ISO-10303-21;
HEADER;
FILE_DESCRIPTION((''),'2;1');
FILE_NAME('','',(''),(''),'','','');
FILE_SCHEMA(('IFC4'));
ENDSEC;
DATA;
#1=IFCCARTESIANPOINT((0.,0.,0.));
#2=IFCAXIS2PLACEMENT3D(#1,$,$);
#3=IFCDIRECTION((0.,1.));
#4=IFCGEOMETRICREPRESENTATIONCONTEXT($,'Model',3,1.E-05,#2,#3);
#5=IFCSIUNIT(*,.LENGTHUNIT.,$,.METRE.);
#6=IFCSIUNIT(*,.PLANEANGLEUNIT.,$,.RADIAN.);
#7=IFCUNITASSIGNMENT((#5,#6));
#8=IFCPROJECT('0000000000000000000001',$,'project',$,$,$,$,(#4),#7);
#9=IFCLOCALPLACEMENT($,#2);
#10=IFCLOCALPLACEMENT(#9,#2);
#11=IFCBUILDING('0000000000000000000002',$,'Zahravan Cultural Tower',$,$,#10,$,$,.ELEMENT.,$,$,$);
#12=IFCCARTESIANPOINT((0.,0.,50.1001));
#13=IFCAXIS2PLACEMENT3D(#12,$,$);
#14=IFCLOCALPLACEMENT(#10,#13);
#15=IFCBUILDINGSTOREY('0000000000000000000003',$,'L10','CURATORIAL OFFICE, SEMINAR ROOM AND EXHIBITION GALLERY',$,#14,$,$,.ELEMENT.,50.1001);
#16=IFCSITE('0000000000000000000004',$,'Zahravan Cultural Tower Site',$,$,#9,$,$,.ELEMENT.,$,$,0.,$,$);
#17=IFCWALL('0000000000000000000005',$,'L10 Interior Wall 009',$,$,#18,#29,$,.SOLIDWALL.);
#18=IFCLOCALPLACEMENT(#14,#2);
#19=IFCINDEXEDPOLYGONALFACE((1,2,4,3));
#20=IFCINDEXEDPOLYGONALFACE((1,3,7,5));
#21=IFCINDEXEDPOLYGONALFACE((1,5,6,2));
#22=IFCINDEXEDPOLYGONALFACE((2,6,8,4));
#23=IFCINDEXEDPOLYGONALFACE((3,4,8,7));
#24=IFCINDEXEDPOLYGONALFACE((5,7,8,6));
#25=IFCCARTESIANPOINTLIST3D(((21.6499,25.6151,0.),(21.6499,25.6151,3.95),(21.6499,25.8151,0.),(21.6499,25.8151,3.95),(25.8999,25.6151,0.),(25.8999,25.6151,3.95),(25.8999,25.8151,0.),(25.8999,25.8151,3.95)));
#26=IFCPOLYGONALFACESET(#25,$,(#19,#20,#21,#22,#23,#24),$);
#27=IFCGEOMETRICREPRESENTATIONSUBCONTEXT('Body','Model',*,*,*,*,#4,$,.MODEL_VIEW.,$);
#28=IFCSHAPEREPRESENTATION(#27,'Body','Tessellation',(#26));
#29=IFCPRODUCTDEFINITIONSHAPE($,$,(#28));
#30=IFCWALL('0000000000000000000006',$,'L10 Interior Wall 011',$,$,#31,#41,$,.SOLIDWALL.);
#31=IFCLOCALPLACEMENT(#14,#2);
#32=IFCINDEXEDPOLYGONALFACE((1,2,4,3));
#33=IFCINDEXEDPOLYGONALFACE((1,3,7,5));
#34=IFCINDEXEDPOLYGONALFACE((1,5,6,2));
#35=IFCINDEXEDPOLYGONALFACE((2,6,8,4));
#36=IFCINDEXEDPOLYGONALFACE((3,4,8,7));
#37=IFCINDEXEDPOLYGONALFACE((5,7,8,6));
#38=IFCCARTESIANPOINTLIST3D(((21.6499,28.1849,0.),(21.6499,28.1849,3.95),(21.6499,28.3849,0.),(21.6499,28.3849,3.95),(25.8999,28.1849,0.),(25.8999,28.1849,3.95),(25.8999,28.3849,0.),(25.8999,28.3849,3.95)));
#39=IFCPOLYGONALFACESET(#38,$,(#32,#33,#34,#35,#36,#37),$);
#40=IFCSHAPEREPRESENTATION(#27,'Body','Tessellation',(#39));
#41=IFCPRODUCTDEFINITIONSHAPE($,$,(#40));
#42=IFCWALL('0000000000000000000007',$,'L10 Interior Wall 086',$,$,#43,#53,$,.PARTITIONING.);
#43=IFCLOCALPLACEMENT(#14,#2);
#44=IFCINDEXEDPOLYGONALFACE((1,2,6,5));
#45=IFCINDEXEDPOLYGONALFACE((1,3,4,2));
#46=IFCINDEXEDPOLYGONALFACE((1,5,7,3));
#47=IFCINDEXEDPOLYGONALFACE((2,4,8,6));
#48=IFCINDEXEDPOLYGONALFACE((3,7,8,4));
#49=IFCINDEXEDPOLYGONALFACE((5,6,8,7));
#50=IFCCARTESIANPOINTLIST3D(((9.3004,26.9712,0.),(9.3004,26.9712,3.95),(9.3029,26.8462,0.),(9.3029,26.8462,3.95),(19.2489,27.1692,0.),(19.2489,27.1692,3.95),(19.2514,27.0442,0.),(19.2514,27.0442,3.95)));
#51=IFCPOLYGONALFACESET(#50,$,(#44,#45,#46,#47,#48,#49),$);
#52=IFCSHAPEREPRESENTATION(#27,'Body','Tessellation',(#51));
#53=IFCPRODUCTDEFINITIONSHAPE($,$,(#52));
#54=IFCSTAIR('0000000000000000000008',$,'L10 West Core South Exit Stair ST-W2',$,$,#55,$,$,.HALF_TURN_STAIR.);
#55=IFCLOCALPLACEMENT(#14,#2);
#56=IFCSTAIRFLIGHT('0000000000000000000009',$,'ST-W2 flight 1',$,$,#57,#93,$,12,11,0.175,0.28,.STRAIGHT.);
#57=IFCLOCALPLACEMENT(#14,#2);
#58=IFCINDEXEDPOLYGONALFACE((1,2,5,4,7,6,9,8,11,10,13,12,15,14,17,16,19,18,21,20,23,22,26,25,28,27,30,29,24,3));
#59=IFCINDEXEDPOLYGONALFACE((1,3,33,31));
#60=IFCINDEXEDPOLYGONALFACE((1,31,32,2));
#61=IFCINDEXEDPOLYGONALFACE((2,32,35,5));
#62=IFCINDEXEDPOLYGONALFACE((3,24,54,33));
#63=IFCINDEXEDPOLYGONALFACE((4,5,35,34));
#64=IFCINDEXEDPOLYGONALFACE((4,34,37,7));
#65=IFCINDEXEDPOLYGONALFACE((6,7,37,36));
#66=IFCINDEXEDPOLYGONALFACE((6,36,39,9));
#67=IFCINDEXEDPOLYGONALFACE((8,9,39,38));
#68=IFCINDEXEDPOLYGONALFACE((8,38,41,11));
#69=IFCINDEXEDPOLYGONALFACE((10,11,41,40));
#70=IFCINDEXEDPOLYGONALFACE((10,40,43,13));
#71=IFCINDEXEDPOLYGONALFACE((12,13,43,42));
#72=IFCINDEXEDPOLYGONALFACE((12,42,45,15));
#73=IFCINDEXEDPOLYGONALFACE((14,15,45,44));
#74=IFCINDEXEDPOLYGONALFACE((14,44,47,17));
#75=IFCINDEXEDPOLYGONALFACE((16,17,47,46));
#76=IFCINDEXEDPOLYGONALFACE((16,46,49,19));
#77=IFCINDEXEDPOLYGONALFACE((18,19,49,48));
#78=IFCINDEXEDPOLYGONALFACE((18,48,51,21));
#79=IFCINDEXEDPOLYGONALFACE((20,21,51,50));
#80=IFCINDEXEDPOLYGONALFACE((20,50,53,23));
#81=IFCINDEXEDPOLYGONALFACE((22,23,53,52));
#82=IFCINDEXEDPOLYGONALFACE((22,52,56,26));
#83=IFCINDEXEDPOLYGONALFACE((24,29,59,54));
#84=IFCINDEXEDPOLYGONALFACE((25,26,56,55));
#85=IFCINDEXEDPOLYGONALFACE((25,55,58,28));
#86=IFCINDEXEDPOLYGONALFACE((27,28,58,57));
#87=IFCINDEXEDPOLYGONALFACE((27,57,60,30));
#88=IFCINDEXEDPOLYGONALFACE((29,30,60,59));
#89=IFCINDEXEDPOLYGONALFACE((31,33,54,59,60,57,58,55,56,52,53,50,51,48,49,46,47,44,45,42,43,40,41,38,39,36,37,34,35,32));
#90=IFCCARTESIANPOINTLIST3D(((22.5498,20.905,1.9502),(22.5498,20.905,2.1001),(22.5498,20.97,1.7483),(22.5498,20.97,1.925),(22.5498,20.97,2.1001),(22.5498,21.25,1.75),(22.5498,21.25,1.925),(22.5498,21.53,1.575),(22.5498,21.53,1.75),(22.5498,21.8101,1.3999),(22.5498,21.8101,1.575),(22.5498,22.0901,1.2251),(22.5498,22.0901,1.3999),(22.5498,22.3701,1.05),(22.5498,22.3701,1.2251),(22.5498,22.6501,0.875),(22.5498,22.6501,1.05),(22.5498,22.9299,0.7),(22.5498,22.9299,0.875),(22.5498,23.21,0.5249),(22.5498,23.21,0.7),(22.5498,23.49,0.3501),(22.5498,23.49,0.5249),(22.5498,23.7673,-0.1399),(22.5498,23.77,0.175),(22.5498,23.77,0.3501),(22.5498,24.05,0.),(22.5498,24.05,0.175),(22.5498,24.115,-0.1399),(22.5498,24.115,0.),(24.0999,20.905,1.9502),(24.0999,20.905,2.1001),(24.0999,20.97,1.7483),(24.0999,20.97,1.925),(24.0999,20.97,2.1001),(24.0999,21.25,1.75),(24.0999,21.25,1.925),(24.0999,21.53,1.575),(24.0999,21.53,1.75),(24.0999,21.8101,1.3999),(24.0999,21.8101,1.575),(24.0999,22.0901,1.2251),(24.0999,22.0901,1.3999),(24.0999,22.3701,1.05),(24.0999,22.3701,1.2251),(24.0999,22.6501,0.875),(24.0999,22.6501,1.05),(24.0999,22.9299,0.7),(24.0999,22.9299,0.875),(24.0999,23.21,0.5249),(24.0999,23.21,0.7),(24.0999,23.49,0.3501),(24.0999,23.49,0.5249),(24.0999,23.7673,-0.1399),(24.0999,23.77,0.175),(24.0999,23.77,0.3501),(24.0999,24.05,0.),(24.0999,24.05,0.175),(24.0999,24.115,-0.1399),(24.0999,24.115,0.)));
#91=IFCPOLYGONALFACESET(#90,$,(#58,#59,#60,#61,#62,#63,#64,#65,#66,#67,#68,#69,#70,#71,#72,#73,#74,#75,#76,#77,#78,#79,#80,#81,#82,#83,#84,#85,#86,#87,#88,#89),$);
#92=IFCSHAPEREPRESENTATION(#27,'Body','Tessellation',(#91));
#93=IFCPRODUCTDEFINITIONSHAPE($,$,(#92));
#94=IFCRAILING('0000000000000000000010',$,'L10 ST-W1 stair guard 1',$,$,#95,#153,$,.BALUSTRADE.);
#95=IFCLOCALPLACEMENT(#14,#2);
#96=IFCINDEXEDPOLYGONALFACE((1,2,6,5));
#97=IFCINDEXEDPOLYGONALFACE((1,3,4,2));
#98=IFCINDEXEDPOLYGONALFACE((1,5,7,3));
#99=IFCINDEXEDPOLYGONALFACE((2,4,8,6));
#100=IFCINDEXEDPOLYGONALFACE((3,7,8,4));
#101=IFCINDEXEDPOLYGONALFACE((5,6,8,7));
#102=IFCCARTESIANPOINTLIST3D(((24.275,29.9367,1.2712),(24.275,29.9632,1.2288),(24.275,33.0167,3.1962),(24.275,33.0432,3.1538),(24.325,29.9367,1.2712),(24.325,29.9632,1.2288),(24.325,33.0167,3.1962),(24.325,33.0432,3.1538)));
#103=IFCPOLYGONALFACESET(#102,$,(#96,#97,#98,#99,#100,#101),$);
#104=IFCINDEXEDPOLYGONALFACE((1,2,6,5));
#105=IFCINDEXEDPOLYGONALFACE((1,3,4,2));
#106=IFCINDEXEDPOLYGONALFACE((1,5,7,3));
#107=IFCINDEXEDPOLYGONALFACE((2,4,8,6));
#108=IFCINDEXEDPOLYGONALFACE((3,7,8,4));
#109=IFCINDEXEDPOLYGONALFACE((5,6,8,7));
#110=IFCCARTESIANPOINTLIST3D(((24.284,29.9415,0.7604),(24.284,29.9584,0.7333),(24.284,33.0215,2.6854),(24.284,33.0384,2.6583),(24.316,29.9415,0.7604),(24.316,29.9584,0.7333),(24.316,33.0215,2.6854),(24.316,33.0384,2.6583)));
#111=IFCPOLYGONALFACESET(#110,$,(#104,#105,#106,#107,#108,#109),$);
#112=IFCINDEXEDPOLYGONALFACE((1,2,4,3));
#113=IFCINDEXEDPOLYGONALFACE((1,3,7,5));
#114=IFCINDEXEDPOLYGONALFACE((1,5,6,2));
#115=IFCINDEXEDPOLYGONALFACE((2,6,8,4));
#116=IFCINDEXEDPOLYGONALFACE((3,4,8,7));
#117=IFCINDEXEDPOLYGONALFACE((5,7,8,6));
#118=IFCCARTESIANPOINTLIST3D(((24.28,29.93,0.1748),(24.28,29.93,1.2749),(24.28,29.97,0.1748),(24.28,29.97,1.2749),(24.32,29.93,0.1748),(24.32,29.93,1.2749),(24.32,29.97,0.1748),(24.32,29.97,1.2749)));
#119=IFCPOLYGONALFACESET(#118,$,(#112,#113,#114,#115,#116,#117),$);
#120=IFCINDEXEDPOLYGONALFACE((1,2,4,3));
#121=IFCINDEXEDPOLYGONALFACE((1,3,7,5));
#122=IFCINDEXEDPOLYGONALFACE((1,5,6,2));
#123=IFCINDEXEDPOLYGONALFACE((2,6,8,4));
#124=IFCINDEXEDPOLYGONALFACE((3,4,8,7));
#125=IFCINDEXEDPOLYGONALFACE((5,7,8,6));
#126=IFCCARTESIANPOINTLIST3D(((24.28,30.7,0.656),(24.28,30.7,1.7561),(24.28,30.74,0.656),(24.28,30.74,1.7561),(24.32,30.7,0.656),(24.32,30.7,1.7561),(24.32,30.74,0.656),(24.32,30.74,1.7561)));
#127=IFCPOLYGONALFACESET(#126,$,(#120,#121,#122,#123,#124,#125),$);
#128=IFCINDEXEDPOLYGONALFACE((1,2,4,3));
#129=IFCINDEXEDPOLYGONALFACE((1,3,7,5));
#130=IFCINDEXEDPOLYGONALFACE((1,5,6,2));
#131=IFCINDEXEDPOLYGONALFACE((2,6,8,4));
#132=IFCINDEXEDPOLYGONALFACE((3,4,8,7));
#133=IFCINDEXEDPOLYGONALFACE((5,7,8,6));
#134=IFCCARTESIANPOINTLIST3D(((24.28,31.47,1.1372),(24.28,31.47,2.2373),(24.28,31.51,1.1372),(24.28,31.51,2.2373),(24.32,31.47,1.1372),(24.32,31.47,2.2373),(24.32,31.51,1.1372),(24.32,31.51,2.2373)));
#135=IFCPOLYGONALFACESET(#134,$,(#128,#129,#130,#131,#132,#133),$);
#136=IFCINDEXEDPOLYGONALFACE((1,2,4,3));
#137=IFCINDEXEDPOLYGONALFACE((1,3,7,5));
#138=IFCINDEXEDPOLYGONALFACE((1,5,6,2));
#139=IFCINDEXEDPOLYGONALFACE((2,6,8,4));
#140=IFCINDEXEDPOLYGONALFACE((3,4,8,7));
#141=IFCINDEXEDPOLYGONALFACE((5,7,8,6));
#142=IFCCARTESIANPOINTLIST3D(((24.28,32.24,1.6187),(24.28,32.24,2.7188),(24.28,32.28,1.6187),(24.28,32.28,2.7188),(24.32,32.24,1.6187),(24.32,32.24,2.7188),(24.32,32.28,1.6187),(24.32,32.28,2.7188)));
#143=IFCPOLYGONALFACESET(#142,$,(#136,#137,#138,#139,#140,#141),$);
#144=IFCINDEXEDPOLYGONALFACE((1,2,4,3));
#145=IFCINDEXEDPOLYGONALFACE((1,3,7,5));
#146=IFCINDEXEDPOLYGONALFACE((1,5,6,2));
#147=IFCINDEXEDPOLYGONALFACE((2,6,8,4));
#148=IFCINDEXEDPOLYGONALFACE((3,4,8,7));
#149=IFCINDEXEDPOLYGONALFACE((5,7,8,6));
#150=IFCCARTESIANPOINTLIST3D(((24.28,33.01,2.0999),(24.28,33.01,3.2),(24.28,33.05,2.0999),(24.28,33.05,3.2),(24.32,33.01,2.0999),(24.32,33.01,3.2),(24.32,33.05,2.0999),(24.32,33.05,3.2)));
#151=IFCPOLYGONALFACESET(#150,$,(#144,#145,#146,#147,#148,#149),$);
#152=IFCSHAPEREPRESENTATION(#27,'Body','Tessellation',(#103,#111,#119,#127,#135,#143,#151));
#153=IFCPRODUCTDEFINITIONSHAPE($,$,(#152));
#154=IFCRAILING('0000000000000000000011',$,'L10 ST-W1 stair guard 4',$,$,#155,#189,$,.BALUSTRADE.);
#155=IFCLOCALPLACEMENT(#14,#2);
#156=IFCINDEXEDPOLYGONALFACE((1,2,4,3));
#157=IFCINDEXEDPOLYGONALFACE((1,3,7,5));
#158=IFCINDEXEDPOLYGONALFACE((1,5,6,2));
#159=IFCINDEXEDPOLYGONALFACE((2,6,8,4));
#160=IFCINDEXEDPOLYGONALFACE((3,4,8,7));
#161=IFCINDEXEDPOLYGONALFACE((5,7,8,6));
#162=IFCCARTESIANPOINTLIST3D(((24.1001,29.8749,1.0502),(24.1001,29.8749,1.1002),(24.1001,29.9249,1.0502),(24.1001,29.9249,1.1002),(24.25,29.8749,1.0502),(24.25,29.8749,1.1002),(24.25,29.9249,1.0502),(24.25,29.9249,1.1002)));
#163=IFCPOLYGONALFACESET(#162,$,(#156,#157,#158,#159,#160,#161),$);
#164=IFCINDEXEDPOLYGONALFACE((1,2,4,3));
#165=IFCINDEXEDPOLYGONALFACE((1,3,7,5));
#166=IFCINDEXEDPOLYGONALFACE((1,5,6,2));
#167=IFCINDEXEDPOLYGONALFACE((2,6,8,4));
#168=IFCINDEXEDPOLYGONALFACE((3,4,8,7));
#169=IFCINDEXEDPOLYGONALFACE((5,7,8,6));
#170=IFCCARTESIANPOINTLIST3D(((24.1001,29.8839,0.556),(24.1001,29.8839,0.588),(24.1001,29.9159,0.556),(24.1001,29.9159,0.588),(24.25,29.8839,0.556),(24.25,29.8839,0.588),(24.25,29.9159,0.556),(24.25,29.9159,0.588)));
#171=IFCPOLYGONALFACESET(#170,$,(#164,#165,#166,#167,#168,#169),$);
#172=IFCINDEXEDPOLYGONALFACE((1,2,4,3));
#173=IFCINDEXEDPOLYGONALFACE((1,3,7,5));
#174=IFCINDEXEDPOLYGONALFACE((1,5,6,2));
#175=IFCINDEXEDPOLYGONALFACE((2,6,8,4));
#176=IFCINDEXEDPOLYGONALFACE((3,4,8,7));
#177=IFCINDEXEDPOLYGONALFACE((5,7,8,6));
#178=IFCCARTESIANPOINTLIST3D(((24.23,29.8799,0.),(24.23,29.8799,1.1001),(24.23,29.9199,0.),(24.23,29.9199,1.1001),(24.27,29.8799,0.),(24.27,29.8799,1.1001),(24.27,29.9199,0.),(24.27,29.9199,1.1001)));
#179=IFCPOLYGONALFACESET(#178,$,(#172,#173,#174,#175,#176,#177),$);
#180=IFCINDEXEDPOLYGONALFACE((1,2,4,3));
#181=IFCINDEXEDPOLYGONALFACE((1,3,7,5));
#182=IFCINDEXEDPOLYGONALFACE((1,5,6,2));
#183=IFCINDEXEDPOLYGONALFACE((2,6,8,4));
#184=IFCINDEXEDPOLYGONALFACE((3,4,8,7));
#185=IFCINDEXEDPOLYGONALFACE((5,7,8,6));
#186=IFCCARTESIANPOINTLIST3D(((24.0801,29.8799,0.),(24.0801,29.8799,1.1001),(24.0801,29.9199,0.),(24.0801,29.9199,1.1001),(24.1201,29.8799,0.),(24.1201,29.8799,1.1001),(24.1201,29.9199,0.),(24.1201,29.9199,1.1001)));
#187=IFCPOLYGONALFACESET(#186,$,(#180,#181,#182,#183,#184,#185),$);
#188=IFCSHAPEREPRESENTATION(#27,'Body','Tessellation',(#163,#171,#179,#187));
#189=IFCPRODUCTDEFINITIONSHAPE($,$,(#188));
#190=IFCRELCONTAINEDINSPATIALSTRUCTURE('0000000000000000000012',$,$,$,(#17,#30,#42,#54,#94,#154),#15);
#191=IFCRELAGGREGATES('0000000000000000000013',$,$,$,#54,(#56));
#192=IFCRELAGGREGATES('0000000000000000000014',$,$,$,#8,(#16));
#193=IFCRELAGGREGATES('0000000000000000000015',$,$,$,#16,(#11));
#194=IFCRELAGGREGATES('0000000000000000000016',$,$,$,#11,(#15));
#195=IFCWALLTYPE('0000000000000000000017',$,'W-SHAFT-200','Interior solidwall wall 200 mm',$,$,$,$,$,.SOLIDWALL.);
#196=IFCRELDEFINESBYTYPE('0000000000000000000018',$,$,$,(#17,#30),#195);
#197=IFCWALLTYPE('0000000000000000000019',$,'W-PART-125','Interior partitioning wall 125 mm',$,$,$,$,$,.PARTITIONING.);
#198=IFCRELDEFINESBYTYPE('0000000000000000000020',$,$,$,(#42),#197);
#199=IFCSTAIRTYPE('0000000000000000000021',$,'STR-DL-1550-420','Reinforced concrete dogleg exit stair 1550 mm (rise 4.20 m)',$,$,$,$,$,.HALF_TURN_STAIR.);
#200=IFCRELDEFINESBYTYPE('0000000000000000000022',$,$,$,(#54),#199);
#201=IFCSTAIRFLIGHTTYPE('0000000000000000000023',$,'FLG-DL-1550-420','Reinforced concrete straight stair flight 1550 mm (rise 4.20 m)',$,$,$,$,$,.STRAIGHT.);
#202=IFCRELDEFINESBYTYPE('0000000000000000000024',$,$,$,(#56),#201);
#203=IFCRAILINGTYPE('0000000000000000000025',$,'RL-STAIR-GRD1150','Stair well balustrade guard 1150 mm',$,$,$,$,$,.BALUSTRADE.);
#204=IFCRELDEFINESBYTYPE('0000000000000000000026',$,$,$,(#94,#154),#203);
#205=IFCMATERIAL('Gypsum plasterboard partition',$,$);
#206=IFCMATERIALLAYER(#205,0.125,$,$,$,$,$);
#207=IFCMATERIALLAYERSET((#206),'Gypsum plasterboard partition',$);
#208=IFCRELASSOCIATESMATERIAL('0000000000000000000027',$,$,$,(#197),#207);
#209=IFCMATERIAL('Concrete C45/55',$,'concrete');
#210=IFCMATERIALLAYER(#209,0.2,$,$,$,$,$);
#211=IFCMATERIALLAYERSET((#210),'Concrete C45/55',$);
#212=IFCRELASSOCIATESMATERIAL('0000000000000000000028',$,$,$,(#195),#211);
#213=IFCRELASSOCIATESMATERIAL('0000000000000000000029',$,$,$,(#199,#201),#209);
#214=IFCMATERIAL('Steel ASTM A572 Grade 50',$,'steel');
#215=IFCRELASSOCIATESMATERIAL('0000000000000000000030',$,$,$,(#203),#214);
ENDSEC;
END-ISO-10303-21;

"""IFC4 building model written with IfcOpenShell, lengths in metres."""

from ifc_helpers import new_model, si_unit, direction, frame, frame_2d, origin, origin_2d, place, context, subcontext, project, spatial, polyline, rectangle, outline, extrude, source, transform, mapped, material, layer, layer_set, type_object, element, aggregate, save


model = new_model("IFC4")

# Units and contexts
model_context = context("Model", 3, precision=1e-05, world=origin(), true_north=direction((0.0, 1.0)))
body_context = subcontext(model_context, "Body", "Model", "MODEL_VIEW")
ifc_project = project(units=[si_unit("LENGTHUNIT", "METRE"), si_unit("PLANEANGLEUNIT", "RADIAN")], contexts=[model_context])

# Site, building, storey
site_placement = place(None, origin())
site = spatial("IfcSite", under=ifc_project, at=site_placement, Name="Zahravan Cultural Tower Site", CompositionType="ELEMENT", RefElevation=0.0)
building_placement = place(site_placement, origin())
building = spatial("IfcBuilding", under=site, at=building_placement, Name="Zahravan Cultural Tower", CompositionType="ELEMENT")
storey_placement = place(building_placement, frame((0.0, 0.0, 50.1001)))
storey = spatial("IfcBuildingStorey", under=building, at=storey_placement, Name="L10", Description="CURATORIAL OFFICE, SEMINAR ROOM AND EXHIBITION GALLERY", CompositionType="ELEMENT", Elevation=50.1001)

# Shared definitions
ifc_material_1 = material(Name="Steel ASTM A572 Grade 50", Category="steel")

# Shared definitions
ifc_material_2 = material(Name="Gypsum plasterboard partition")
ifc_layer_1 = layer(ifc_material_2, 0.125)
ifc_layer_set_1 = layer_set([ifc_layer_1], Name="Gypsum plasterboard partition")
wall_type_1 = type_object("IfcWallType", Name="W-PART-125", Description="Interior partitioning wall 125 mm", PredefinedType="PARTITIONING", material=ifc_layer_set_1)

# Walls
ifc_material_3 = material(Name="Concrete C45/55", Category="concrete")
ifc_layer_2 = layer(ifc_material_3, 0.2)
ifc_layer_set_2 = layer_set([ifc_layer_2], Name="Concrete C45/55")
wall_type_2 = type_object("IfcWallType", Name="W-SHAFT-200", Description="Interior solidwall wall 200 mm", PredefinedType="SOLIDWALL", material=ifc_layer_set_2)
shared_shape_1 = source(origin(), body_context, "Body", "SweptSolid", [
    extrude(rectangle(XDim=4.25, YDim=0.2, at=frame_2d((2.125, 0.0))), origin(), (0.0, 0.0, 1.0), 3.95),
])
for number, where, z_axis, x_axis, name in (
    (1, (21.6499, 25.7151, 0.0), (0.0, 0.0, 1.0), (1.0, 0.0, 0.0), "L10 Interior Wall 009"),
    (2, (21.6499, 28.2849, 0.0), (0.0, 0.0, 1.0), (1.0, 0.0, 0.0), "L10 Interior Wall 011"),
):
    element("IfcWall", number, at=place(storey_placement, frame(where, z_axis=z_axis, x_axis=x_axis)), inside=storey, type_object=wall_type_2, Name=name, PredefinedType="SOLIDWALL", context=body_context, shape_type="MappedRepresentation", body=[
        mapped(shared_shape_1, transform((0.0, 0.0, 0.0), x_axis=(1.0, 0.0, 0.0), y_axis=(0.0, 1.0, 0.0), z_axis=(0.0, 0.0, 1.0), scale=1.0)),
    ])
shared_shape_2 = source(origin(), body_context, "Body", "SweptSolid", [
    extrude(rectangle(XDim=9.9504, YDim=0.125, at=frame_2d((4.9751, 0.0))), origin(), (0.0, 0.0, 1.0), 3.95),
])
wall_1_placement = place(storey_placement, frame((19.25, 27.1067, 0.0), z_axis=(0.0, 0.0, 1.0), x_axis=(-0.999802, -0.019898, 0.0)))
element("IfcWall", 3, at=wall_1_placement, inside=storey, type_object=wall_type_1, Name="L10 Interior Wall 086", PredefinedType="PARTITIONING", context=body_context, shape_type="MappedRepresentation", body=[
    mapped(shared_shape_2, transform((0.0, 0.0, 0.0), x_axis=(1.0, 0.0, 0.0), y_axis=(0.0, 1.0, 0.0), z_axis=(0.0, 0.0, 1.0), scale=1.0)),
])

# Stair, stair flight
stair_type = type_object("IfcStairType", Name="STR-DL-1550-420", Description="Reinforced concrete dogleg exit stair 1550 mm (rise 4.20 m)", PredefinedType="HALF_TURN_STAIR", material=ifc_material_3)
stair_placement = place(storey_placement, origin())
stair = element("IfcStair", 4, at=stair_placement, inside=storey, type_object=stair_type, Name="L10 West Core South Exit Stair ST-W2", PredefinedType="HALF_TURN_STAIR")
stair_flight_type = type_object("IfcStairFlightType", Name="FLG-DL-1550-420", Description="Reinforced concrete straight stair flight 1550 mm (rise 4.20 m)", PredefinedType="STRAIGHT", material=ifc_material_3)
stair_flight_placement = place(storey_placement, frame((23.325, 24.05, 0.0), z_axis=(0.0, 0.0, 1.0), x_axis=(0.0, -1.0, 0.0)))
stair_flight = element("IfcStairFlight", 5, at=stair_flight_placement, type_object=stair_flight_type, Name="ST-W2 flight 1", NumberOfRisers=12, NumberOfTreads=11, PredefinedType="STRAIGHT", RiserHeight=0.175, TreadLength=0.28, context=body_context, shape_type="SweptSolid", body=[
    extrude(outline(polyline([(-0.0649, -0.1399), (-0.0649, 0.0), (0.0, 0.0), (0.0, 0.175), (0.28, 0.175), (0.28, 0.3501), (0.5601, 0.3501), (0.5601, 0.5249), (0.8401, 0.5249), (0.8401, 0.7), (1.1201, 0.7), (1.1201, 0.875), (1.3999, 0.875), (1.3999, 1.05), (1.6799, 1.05), (1.6799, 1.2251), (1.96, 1.2251), (1.96, 1.3999), (2.24, 1.3999), (2.24, 1.575), (2.52, 1.575), (2.52, 1.75), (2.8, 1.75), (2.8, 1.925), (3.0801, 1.925), (3.0801, 2.1001), (3.145, 2.1001), (3.145, 1.9502), (3.0801, 1.7483), (0.2827, -0.1399), (-0.0649, -0.1399)])), frame((0.0, 0.7749, 0.0), z_axis=(0.0, -1.0, 0.0), x_axis=(1.0, 0.0, 0.0)), (0.0, 0.0, 1.0), 1.55),
])
aggregate(stair, [stair_flight])

# Railings
railing_type_1 = type_object("IfcRailingType", Name="RL-STAIR-GRD1150", Description="Stair well balustrade guard 1150 mm", PredefinedType="BALUSTRADE", material=ifc_material_1)
railing_1_placement = place(storey_placement, frame((24.3, 29.95, 0.1748)))
element("IfcRailing", 6, at=railing_1_placement, inside=storey, type_object=railing_type_1, Name="L10 ST-W1 stair guard 1", PredefinedType="BALUSTRADE", context=body_context, shape_type="SweptSolid", body=[
    extrude(rectangle(XDim=0.05, YDim=0.05, at=origin_2d()), frame((0.0, 0.0, 1.0752), z_axis=(0.0, 0.847998, 0.529999), x_axis=(-1.0, 0.0, 0.0)), (0.0, 0.0, 1.0), 3.6321),
    extrude(rectangle(XDim=0.032, YDim=0.032, at=origin_2d()), frame((0.0, 0.0, 0.572), z_axis=(0.0, 0.847998, 0.529999), x_axis=(-1.0, 0.0, 0.0)), (0.0, 0.0, 1.0), 3.6321),
    extrude(rectangle(XDim=0.04, YDim=0.04, at=origin_2d()), origin(), (0.0, 0.0, 1.0), 1.1001),
    extrude(rectangle(XDim=0.04, YDim=0.04, at=origin_2d()), frame((0.0, 0.77, 0.4812)), (0.0, 0.0, 1.0), 1.1001),
    extrude(rectangle(XDim=0.04, YDim=0.04, at=origin_2d()), frame((0.0, 1.54, 0.9624)), (0.0, 0.0, 1.0), 1.1001),
    extrude(rectangle(XDim=0.04, YDim=0.04, at=origin_2d()), frame((0.0, 2.3101, 1.4438)), (0.0, 0.0, 1.0), 1.1001),
    extrude(rectangle(XDim=0.04, YDim=0.04, at=origin_2d()), frame((0.0, 3.0801, 1.925)), (0.0, 0.0, 1.0), 1.1001),
])
railing_2_placement = place(storey_placement, frame((24.25, 29.8999, 0.0)))
element("IfcRailing", 7, at=railing_2_placement, inside=storey, type_object=railing_type_1, Name="L10 ST-W1 stair guard 4", PredefinedType="BALUSTRADE", context=body_context, shape_type="SweptSolid", body=[
    extrude(rectangle(XDim=0.05, YDim=0.05, at=origin_2d()), frame((0.0, 0.0, 1.0752), z_axis=(-1.0, 0.0, 0.0), x_axis=(0.0, -1.0, 0.0)), (0.0, 0.0, 1.0), 0.1499),
    extrude(rectangle(XDim=0.032, YDim=0.032, at=origin_2d()), frame((0.0, 0.0, 0.572), z_axis=(-1.0, 0.0, 0.0), x_axis=(0.0, -1.0, 0.0)), (0.0, 0.0, 1.0), 0.1499),
    extrude(rectangle(XDim=0.04, YDim=0.04, at=origin_2d()), origin(), (0.0, 0.0, 1.0), 1.1001),
    extrude(rectangle(XDim=0.04, YDim=0.04, at=origin_2d()), frame((-0.1499, 0.0, 0.0)), (0.0, 0.0, 1.0), 1.1001),
])

save(model, "model.ifc")
